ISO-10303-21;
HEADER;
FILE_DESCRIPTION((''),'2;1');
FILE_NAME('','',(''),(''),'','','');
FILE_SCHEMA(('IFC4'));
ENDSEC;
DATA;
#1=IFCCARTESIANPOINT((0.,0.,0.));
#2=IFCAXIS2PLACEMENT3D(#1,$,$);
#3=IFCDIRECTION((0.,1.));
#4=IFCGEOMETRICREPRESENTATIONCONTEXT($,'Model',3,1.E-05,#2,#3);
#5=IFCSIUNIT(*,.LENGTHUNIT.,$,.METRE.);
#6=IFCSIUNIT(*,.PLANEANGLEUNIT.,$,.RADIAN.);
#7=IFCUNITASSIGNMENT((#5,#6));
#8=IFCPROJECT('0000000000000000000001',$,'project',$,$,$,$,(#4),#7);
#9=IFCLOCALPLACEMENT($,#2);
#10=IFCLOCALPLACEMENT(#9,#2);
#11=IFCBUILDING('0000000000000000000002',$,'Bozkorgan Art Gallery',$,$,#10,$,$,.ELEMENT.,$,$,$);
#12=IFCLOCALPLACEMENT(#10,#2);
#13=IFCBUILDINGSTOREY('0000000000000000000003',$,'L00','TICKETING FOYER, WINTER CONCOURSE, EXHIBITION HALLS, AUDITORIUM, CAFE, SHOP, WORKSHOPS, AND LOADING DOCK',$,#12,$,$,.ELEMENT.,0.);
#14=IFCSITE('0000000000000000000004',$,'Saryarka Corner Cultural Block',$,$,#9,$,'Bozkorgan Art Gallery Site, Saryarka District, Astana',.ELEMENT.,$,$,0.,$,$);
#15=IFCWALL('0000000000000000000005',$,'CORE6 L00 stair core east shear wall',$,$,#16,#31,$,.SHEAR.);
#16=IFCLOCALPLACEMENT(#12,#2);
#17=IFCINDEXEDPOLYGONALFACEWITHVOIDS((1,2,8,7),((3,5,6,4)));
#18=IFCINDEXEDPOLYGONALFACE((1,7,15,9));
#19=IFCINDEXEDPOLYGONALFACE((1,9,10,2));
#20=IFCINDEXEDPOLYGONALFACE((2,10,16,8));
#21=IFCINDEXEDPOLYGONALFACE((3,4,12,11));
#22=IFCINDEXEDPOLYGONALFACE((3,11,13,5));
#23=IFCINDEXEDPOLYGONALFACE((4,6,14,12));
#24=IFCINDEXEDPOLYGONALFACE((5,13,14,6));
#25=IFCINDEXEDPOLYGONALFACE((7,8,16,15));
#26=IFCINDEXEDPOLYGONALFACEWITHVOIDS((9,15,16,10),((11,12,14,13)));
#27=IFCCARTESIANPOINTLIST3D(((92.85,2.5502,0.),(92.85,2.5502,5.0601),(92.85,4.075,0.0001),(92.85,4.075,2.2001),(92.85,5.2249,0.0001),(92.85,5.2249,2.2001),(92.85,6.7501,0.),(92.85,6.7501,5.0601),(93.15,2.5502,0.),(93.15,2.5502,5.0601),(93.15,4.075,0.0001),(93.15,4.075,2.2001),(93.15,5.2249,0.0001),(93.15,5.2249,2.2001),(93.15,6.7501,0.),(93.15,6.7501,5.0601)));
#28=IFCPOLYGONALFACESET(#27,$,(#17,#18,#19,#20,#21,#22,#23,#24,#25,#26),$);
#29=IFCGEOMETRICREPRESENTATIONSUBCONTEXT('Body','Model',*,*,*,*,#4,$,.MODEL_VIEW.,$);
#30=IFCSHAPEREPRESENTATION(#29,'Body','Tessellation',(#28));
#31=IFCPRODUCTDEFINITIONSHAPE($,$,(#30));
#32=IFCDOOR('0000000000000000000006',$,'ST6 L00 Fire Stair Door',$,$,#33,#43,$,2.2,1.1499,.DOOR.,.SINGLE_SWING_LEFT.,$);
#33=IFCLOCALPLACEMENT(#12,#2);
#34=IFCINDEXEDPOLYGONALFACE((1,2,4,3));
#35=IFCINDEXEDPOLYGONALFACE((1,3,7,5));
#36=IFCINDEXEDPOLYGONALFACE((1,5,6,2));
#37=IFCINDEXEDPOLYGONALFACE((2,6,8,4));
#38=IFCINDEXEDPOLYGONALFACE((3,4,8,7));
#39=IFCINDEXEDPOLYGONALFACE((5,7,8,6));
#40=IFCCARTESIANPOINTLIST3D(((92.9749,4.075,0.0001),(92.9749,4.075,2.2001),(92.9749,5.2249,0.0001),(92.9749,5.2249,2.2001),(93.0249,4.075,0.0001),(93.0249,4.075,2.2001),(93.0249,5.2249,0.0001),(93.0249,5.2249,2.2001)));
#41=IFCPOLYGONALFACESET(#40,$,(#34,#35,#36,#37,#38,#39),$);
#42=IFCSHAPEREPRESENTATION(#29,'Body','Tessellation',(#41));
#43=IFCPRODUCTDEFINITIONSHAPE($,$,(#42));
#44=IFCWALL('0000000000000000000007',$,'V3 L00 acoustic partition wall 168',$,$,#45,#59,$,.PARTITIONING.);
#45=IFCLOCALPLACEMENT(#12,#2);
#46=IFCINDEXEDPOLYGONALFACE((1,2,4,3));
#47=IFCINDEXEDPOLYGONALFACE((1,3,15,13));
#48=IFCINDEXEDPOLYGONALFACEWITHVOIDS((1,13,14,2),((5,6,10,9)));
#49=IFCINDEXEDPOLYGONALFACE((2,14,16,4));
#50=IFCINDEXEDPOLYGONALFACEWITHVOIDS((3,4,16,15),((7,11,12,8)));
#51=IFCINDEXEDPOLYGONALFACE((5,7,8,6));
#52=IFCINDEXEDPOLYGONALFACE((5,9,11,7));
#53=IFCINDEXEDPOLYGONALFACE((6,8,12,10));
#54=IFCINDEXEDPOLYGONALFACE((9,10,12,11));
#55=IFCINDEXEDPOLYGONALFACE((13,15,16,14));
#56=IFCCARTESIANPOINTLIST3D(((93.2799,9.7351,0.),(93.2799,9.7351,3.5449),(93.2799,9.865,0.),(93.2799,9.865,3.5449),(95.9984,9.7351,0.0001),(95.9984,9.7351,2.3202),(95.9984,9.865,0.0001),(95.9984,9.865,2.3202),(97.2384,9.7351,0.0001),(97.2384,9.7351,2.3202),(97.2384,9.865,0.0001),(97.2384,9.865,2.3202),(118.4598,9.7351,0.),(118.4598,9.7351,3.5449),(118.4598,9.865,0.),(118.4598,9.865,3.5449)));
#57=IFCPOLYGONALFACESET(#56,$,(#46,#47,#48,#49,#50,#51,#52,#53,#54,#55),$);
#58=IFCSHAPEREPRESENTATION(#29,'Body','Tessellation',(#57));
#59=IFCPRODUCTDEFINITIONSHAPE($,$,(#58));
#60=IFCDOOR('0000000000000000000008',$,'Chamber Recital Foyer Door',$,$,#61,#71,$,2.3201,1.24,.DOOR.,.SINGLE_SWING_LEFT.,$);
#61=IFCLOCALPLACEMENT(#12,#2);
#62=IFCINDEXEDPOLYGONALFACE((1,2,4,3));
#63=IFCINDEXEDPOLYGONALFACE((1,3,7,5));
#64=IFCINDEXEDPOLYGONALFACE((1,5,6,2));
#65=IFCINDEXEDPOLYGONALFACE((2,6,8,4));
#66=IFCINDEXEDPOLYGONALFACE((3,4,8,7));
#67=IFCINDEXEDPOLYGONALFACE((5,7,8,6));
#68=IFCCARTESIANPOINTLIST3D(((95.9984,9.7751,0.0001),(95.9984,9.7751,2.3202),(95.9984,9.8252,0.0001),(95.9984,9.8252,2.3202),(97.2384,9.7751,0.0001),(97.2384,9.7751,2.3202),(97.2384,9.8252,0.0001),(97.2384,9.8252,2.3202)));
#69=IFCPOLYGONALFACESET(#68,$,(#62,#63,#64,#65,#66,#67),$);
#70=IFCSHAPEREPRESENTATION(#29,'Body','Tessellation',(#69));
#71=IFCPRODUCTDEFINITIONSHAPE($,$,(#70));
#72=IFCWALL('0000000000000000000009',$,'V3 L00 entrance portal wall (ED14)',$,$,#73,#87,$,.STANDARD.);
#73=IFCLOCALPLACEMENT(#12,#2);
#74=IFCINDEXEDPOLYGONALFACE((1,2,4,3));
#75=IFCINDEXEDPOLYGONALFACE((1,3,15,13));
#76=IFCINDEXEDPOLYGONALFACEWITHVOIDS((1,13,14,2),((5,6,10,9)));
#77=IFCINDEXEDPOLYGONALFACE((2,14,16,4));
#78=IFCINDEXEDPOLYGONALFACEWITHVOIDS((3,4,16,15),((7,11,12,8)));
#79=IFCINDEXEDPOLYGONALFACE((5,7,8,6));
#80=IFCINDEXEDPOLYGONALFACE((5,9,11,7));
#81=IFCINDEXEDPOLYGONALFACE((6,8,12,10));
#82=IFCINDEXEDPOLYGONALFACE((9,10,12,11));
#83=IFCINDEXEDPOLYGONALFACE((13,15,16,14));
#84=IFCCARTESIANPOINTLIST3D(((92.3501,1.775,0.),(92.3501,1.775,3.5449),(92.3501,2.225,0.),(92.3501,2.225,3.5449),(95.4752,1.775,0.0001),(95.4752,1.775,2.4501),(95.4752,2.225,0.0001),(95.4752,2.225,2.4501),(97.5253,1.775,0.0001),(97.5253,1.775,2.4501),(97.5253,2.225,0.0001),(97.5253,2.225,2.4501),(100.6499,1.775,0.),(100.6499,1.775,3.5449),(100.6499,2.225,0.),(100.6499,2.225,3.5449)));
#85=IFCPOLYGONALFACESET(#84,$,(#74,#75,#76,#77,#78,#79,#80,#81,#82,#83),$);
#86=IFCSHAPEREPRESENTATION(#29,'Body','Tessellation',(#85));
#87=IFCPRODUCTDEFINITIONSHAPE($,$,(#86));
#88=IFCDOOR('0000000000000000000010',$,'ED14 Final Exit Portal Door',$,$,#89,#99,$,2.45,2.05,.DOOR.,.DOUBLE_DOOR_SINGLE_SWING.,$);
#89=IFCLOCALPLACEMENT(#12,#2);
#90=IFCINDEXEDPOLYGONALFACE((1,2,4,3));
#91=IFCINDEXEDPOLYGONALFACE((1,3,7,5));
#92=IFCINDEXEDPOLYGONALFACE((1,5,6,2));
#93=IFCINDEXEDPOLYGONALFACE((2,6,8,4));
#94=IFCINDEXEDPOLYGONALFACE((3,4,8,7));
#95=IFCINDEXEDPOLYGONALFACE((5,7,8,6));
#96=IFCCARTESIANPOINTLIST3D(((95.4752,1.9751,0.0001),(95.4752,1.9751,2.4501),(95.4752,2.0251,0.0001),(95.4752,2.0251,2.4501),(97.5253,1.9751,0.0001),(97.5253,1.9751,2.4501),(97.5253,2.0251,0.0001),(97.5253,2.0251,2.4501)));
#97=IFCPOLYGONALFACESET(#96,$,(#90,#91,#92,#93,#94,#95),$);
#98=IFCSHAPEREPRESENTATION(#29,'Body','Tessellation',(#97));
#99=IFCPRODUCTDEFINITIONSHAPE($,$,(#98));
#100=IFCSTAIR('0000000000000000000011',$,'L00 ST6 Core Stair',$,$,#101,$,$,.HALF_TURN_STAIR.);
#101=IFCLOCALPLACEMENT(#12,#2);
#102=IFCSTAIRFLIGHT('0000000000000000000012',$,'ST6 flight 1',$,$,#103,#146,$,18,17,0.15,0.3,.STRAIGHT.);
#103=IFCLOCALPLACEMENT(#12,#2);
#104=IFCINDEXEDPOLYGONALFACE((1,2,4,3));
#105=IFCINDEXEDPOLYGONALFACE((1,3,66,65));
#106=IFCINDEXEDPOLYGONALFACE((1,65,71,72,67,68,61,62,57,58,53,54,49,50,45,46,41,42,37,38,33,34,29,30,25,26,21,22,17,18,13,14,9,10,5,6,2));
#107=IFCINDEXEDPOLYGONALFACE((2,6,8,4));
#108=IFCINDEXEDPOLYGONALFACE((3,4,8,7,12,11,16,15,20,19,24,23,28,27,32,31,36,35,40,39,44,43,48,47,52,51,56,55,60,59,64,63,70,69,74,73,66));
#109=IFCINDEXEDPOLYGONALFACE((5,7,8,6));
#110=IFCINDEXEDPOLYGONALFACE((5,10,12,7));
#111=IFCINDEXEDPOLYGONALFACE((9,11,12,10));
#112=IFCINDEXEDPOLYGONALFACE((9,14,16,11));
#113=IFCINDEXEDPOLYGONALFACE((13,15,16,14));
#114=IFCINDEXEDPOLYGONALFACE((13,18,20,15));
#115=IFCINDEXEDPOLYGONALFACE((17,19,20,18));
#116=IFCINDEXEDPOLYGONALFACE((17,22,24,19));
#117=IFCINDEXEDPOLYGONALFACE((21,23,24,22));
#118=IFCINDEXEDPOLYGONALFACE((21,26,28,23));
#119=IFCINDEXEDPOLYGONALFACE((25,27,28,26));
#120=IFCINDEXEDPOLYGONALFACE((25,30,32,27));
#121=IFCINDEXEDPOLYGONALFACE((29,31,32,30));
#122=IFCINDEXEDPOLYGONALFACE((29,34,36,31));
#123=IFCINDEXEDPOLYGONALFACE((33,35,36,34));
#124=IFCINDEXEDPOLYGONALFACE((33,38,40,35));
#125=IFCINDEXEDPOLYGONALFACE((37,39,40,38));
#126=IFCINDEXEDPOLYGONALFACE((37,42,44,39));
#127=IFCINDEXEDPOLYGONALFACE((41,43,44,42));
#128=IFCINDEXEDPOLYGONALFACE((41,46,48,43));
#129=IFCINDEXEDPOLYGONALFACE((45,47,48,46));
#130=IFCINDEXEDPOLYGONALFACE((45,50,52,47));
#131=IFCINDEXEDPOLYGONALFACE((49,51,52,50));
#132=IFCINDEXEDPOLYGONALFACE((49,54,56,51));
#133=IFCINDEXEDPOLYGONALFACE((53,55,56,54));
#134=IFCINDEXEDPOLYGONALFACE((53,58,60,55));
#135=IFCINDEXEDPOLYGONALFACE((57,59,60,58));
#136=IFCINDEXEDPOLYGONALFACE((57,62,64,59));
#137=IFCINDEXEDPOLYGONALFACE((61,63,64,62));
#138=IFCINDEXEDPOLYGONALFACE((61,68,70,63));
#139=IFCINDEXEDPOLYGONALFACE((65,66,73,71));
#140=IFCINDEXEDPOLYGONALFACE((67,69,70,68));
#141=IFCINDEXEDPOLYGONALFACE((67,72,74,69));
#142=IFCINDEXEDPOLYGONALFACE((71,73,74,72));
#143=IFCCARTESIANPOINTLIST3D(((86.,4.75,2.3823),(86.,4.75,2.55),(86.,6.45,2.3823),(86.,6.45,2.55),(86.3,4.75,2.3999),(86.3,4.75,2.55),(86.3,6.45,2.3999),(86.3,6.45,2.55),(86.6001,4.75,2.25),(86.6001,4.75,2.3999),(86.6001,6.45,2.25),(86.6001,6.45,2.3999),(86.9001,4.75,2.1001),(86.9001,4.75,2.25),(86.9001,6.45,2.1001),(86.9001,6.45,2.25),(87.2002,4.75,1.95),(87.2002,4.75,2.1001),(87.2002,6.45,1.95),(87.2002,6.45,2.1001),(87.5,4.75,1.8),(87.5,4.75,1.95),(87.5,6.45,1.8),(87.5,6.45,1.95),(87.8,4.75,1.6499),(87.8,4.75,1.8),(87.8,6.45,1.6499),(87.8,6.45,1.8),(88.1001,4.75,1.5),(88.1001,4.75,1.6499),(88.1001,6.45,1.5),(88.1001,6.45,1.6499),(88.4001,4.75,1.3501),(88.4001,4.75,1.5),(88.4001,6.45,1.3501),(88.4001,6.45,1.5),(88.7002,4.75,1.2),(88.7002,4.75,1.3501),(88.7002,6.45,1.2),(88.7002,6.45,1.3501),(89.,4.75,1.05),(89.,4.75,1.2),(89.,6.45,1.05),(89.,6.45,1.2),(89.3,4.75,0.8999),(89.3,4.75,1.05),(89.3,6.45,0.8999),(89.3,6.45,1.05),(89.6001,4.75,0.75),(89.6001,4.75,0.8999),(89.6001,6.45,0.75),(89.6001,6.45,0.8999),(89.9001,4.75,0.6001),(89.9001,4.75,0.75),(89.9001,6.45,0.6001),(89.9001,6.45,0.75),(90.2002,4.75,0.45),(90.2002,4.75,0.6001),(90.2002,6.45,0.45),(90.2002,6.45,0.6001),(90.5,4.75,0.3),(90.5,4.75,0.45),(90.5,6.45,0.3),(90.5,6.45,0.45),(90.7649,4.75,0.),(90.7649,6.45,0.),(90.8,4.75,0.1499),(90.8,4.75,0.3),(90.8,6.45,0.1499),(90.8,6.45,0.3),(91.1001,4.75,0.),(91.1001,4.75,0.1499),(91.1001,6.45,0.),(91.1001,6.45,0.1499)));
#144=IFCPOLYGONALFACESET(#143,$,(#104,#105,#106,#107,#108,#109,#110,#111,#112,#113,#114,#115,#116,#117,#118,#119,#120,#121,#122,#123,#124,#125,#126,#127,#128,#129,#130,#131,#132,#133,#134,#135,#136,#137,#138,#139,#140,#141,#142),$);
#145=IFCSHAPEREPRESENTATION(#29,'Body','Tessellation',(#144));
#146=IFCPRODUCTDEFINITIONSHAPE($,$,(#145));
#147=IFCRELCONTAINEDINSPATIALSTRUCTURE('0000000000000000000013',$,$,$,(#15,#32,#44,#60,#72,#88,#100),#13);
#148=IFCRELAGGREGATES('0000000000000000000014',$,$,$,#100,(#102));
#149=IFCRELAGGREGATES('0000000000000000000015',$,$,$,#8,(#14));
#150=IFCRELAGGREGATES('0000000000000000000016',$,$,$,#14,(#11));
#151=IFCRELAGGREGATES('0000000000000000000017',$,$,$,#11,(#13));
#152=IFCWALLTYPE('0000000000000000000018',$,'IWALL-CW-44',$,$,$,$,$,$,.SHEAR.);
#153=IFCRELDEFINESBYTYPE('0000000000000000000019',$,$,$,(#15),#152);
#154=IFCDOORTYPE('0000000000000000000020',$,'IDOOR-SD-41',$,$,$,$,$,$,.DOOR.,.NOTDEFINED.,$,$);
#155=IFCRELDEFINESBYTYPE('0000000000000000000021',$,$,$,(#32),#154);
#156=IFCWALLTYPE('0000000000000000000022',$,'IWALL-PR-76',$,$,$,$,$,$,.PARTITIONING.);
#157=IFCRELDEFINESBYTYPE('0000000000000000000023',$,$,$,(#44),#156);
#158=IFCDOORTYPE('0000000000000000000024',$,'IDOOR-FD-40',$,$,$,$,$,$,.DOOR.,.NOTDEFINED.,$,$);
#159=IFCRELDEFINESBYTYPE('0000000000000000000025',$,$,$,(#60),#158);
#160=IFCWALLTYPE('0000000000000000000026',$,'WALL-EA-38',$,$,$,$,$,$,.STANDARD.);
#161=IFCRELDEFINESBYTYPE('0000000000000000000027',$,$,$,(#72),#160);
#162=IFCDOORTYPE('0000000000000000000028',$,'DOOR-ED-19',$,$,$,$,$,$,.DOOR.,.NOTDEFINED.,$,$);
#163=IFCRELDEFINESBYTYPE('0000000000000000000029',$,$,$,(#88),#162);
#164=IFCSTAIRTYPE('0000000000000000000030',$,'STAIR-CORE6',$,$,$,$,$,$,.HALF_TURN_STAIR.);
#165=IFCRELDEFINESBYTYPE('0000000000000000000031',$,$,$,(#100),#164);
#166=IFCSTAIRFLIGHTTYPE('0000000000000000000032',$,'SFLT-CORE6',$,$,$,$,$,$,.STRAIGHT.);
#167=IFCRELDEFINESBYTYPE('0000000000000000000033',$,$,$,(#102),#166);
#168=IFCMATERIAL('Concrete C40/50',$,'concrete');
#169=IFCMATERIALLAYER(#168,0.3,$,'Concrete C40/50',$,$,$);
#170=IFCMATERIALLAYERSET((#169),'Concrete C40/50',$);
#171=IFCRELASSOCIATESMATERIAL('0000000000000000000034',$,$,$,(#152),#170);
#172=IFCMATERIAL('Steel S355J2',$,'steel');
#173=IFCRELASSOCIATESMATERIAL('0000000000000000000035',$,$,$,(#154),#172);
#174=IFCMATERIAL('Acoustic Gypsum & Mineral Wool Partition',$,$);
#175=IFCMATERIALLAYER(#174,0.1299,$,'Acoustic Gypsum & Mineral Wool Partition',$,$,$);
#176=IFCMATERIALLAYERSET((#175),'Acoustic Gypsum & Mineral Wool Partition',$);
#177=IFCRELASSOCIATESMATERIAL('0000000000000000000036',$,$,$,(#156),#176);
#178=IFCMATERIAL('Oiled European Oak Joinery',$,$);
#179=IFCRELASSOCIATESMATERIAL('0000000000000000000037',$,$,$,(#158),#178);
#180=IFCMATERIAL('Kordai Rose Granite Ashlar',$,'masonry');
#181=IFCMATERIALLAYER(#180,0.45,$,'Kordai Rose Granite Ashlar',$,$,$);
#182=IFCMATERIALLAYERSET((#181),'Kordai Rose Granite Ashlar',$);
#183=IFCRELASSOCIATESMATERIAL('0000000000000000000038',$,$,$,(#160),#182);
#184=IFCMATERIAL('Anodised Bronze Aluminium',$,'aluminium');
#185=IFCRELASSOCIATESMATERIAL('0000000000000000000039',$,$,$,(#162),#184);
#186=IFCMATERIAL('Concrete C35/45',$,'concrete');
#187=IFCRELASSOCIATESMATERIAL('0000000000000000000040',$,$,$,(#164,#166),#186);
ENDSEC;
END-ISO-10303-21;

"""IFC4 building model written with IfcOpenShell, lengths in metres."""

from ifc_helpers import new_model, si_unit, direction, frame, frame_2d, origin, place, context, subcontext, project, spatial, polyline, rectangle, outline, extrude, material, layer, layer_set, type_object, element, fill, aggregate, save


model = new_model("IFC4")

# Units and contexts
model_context = context("Model", 3, precision=1e-05, world=origin(), true_north=direction((0.0, 1.0)))
body_context = subcontext(model_context, "Body", "Model", "MODEL_VIEW")
ifc_project = project(units=[si_unit("LENGTHUNIT", "METRE"), si_unit("PLANEANGLEUNIT", "RADIAN")], contexts=[model_context])

# Site, building, storey
site_placement = place(None, origin())
site = spatial("IfcSite", under=ifc_project, at=site_placement, Name="Saryarka Corner Cultural Block", LongName="Bozkorgan Art Gallery Site, Saryarka District, Astana", CompositionType="ELEMENT", RefElevation=0.0)
building_placement = place(site_placement, origin())
building = spatial("IfcBuilding", under=site, at=building_placement, Name="Bozkorgan Art Gallery", CompositionType="ELEMENT")
storey_placement = place(building_placement, origin())
storey = spatial("IfcBuildingStorey", under=building, at=storey_placement, Name="L00", Description="TICKETING FOYER, WINTER CONCOURSE, EXHIBITION HALLS, AUDITORIUM, CAFE, SHOP, WORKSHOPS, AND LOADING DOCK", CompositionType="ELEMENT", Elevation=0.0)

# Shared definitions
ifc_material_1 = material(Name="Concrete C40/50", Category="concrete")
ifc_material_2 = material(Name="Steel S355J2", Category="steel")

# Shared definitions
ifc_material_3 = material(Name="Concrete C35/45", Category="concrete")

# Walls, openings, doors
ifc_layer_1 = layer(ifc_material_1, 0.3, Name="Concrete C40/50")
ifc_layer_set_1 = layer_set([ifc_layer_1], Name="Concrete C40/50")
wall_type_1 = type_object("IfcWallType", Name="IWALL-CW-44", PredefinedType="SHEAR", material=ifc_layer_set_1)
wall_1_placement = place(storey_placement, frame((93.0, 2.55, 0.0), z_axis=(0.0, 0.0, 1.0), x_axis=(0.0, 1.0, 0.0)))
wall_1 = element("IfcWall", 1, at=wall_1_placement, inside=storey, type_object=wall_type_1, Name="CORE6 L00 stair core east shear wall", PredefinedType="SHEAR", context=body_context, shape_type="SweptSolid", body=[
    extrude(rectangle(XDim=4.2, YDim=0.3, at=frame_2d((2.1001, 0.0))), origin(), (0.0, 0.0, 1.0), 5.0601),
])
opening_1_placement = place(wall_1_placement, frame((2.6748, 0.0, 0.0), z_axis=(0.0, 0.0, 1.0), x_axis=(-1.0, 0.0, 0.0)))
opening_1 = element("IfcOpeningElement", 2, at=opening_1_placement, cuts=wall_1, PredefinedType="OPENING", context=body_context, shape_type="SweptSolid", body=[
    extrude(rectangle(XDim=1.1499, YDim=2.2, at=frame_2d((0.575, 1.1001))), frame((0.0, 0.1602, 0.0), z_axis=(0.0, -1.0, 0.0), x_axis=(1.0, 0.0, 0.0)), (0.0, 0.0, 1.0), 0.3201),
])
door_type_1 = type_object("IfcDoorType", Name="IDOOR-SD-41", OperationType="NOTDEFINED", PredefinedType="DOOR", material=ifc_material_2)
door_1_placement = place(opening_1_placement, origin())
door_1 = element("IfcDoor", 3, at=door_1_placement, inside=storey, type_object=door_type_1, Name="ST6 L00 Fire Stair Door", OperationType="SINGLE_SWING_LEFT", OverallHeight=2.2, OverallWidth=1.1499, PredefinedType="DOOR", context=body_context, shape_type="SweptSolid", body=[
    extrude(rectangle(XDim=1.1499, YDim=2.2, at=frame_2d((0.575, 1.1001))), frame((0.0, 0.0249, 0.0), z_axis=(0.0, -1.0, 0.0), x_axis=(1.0, 0.0, 0.0)), (0.0, 0.0, 1.0), 0.05),
])
fill(opening_1, door_1)
ifc_material_4 = material(Name="Acoustic Gypsum & Mineral Wool Partition")
ifc_layer_2 = layer(ifc_material_4, 0.1299, Name="Acoustic Gypsum & Mineral Wool Partition")
ifc_layer_set_2 = layer_set([ifc_layer_2], Name="Acoustic Gypsum & Mineral Wool Partition")
wall_type_2 = type_object("IfcWallType", Name="IWALL-PR-76", PredefinedType="PARTITIONING", material=ifc_layer_set_2)
wall_2_placement = place(storey_placement, frame((93.28, 9.8, 0.0), z_axis=(0.0, 0.0, 1.0), x_axis=(1.0, 0.0, 0.0)))
wall_2 = element("IfcWall", 4, at=wall_2_placement, inside=storey, type_object=wall_type_2, Name="V3 L00 acoustic partition wall 168", PredefinedType="PARTITIONING", context=body_context, shape_type="SweptSolid", body=[
    extrude(rectangle(XDim=25.1799, YDim=0.1299, at=frame_2d((12.5898, 0.0))), origin(), (0.0, 0.0, 1.0), 3.5449),
])
opening_2_placement = place(wall_2_placement, frame((3.9585, 0.0, 0.0), z_axis=(0.0, 0.0, 1.0), x_axis=(-1.0, 0.0, 0.0)))
opening_2 = element("IfcOpeningElement", 5, at=opening_2_placement, cuts=wall_2, PredefinedType="OPENING", context=body_context, shape_type="SweptSolid", body=[
    extrude(rectangle(XDim=1.24, YDim=2.3201, at=frame_2d((0.6201, 1.1602))), frame((0.0, 0.075, 0.0), z_axis=(0.0, -1.0, 0.0), x_axis=(1.0, 0.0, 0.0)), (0.0, 0.0, 1.0), 0.1499),
])
ifc_material_5 = material(Name="Oiled European Oak Joinery")
door_type_2 = type_object("IfcDoorType", Name="IDOOR-FD-40", OperationType="NOTDEFINED", PredefinedType="DOOR", material=ifc_material_5)
door_2_placement = place(opening_2_placement, origin())
door_2 = element("IfcDoor", 6, at=door_2_placement, inside=storey, type_object=door_type_2, Name="Chamber Recital Foyer Door", OperationType="SINGLE_SWING_LEFT", OverallHeight=2.3201, OverallWidth=1.24, PredefinedType="DOOR", context=body_context, shape_type="SweptSolid", body=[
    extrude(rectangle(XDim=1.24, YDim=2.3201, at=frame_2d((0.6201, 1.1602))), frame((0.0, 0.0249, 0.0), z_axis=(0.0, -1.0, 0.0), x_axis=(1.0, 0.0, 0.0)), (0.0, 0.0, 1.0), 0.05),
])
fill(opening_2, door_2)
ifc_material_6 = material(Name="Kordai Rose Granite Ashlar", Category="masonry")
ifc_layer_3 = layer(ifc_material_6, 0.45, Name="Kordai Rose Granite Ashlar")
ifc_layer_set_3 = layer_set([ifc_layer_3], Name="Kordai Rose Granite Ashlar")
wall_type_3 = type_object("IfcWallType", Name="WALL-EA-38", PredefinedType="STANDARD", material=ifc_layer_set_3)
wall_3_placement = place(storey_placement, frame((92.3501, 2.0, 0.0), z_axis=(0.0, 0.0, 1.0), x_axis=(1.0, 0.0, 0.0)))
wall_3 = element("IfcWall", 7, at=wall_3_placement, inside=storey, type_object=wall_type_3, Name="V3 L00 entrance portal wall (ED14)", PredefinedType="STANDARD", context=body_context, shape_type="SweptSolid", body=[
    extrude(rectangle(XDim=8.2998, YDim=0.45, at=frame_2d((4.1499, 0.0))), origin(), (0.0, 0.0, 1.0), 3.5449),
])
opening_3_placement = place(wall_3_placement, frame((5.175, 0.0, 0.0), z_axis=(0.0, 0.0, 1.0), x_axis=(-1.0, 0.0, 0.0)))
opening_3 = element("IfcOpeningElement", 8, at=opening_3_placement, cuts=wall_3, PredefinedType="OPENING", context=body_context, shape_type="SweptSolid", body=[
    extrude(rectangle(XDim=2.05, YDim=2.45, at=frame_2d((1.0249, 1.2251))), frame((0.0, 0.2349, 0.0), z_axis=(0.0, -1.0, 0.0), x_axis=(1.0, 0.0, 0.0)), (0.0, 0.0, 1.0), 0.47),
])
ifc_material_7 = material(Name="Anodised Bronze Aluminium", Category="aluminium")
door_type_3 = type_object("IfcDoorType", Name="DOOR-ED-19", OperationType="NOTDEFINED", PredefinedType="DOOR", material=ifc_material_7)
door_3_placement = place(opening_3_placement, origin())
door_3 = element("IfcDoor", 9, at=door_3_placement, inside=storey, type_object=door_type_3, Name="ED14 Final Exit Portal Door", OperationType="DOUBLE_DOOR_SINGLE_SWING", OverallHeight=2.45, OverallWidth=2.05, PredefinedType="DOOR", context=body_context, shape_type="SweptSolid", body=[
    extrude(rectangle(XDim=2.05, YDim=2.45, at=frame_2d((1.0249, 1.2251))), frame((0.0, 0.0249, 0.0), z_axis=(0.0, -1.0, 0.0), x_axis=(1.0, 0.0, 0.0)), (0.0, 0.0, 1.0), 0.05),
])
fill(opening_3, door_3)

# Stair, stair flight
stair_type = type_object("IfcStairType", Name="STAIR-CORE6", PredefinedType="HALF_TURN_STAIR", material=ifc_material_3)
stair_placement = place(storey_placement, origin())
stair = element("IfcStair", 10, at=stair_placement, inside=storey, type_object=stair_type, Name="L00 ST6 Core Stair", PredefinedType="HALF_TURN_STAIR")
stair_flight_type = type_object("IfcStairFlightType", Name="SFLT-CORE6", PredefinedType="STRAIGHT", material=ifc_material_3)
stair_flight_1_placement = place(storey_placement, frame((91.1001, 5.6001, 0.0), z_axis=(0.0, 0.0, 1.0), x_axis=(-1.0, 0.0, 0.0)))
stair_flight_1 = element("IfcStairFlight", 11, at=stair_flight_1_placement, type_object=stair_flight_type, Name="ST6 flight 1", NumberOfRisers=18, NumberOfTreads=17, PredefinedType="STRAIGHT", RiserHeight=0.15, TreadLength=0.3, context=body_context, shape_type="SweptSolid", body=[
    extrude(outline(polyline([(0.0, 0.0), (0.0, 0.1499), (0.3, 0.1499), (0.3, 0.3), (0.6001, 0.3), (0.6001, 0.45), (0.8999, 0.45), (0.8999, 0.6001), (1.2, 0.6001), (1.2, 0.75), (1.5, 0.75), (1.5, 0.8999), (1.8, 0.8999), (1.8, 1.05), (2.1001, 1.05), (2.1001, 1.2), (2.3999, 1.2), (2.3999, 1.3501), (2.7, 1.3501), (2.7, 1.5), (3.0, 1.5), (3.0, 1.6499), (3.3, 1.6499), (3.3, 1.8), (3.6001, 1.8), (3.6001, 1.95), (3.8999, 1.95), (3.8999, 2.1001), (4.2, 2.1001), (4.2, 2.25), (4.5, 2.25), (4.5, 2.3999), (4.8, 2.3999), (4.8, 2.55), (5.1001, 2.55), (5.1001, 2.7), (5.1001, 2.3823), (0.3352, 0.0), (0.0, 0.0)])), frame((0.0, 0.8501, 0.0), z_axis=(0.0, -1.0, 0.0), x_axis=(1.0, 0.0, 0.0)), (0.0, 0.0, 1.0), 1.7),
])
aggregate(stair, [stair_flight_1])

save(model, "model.ifc")
